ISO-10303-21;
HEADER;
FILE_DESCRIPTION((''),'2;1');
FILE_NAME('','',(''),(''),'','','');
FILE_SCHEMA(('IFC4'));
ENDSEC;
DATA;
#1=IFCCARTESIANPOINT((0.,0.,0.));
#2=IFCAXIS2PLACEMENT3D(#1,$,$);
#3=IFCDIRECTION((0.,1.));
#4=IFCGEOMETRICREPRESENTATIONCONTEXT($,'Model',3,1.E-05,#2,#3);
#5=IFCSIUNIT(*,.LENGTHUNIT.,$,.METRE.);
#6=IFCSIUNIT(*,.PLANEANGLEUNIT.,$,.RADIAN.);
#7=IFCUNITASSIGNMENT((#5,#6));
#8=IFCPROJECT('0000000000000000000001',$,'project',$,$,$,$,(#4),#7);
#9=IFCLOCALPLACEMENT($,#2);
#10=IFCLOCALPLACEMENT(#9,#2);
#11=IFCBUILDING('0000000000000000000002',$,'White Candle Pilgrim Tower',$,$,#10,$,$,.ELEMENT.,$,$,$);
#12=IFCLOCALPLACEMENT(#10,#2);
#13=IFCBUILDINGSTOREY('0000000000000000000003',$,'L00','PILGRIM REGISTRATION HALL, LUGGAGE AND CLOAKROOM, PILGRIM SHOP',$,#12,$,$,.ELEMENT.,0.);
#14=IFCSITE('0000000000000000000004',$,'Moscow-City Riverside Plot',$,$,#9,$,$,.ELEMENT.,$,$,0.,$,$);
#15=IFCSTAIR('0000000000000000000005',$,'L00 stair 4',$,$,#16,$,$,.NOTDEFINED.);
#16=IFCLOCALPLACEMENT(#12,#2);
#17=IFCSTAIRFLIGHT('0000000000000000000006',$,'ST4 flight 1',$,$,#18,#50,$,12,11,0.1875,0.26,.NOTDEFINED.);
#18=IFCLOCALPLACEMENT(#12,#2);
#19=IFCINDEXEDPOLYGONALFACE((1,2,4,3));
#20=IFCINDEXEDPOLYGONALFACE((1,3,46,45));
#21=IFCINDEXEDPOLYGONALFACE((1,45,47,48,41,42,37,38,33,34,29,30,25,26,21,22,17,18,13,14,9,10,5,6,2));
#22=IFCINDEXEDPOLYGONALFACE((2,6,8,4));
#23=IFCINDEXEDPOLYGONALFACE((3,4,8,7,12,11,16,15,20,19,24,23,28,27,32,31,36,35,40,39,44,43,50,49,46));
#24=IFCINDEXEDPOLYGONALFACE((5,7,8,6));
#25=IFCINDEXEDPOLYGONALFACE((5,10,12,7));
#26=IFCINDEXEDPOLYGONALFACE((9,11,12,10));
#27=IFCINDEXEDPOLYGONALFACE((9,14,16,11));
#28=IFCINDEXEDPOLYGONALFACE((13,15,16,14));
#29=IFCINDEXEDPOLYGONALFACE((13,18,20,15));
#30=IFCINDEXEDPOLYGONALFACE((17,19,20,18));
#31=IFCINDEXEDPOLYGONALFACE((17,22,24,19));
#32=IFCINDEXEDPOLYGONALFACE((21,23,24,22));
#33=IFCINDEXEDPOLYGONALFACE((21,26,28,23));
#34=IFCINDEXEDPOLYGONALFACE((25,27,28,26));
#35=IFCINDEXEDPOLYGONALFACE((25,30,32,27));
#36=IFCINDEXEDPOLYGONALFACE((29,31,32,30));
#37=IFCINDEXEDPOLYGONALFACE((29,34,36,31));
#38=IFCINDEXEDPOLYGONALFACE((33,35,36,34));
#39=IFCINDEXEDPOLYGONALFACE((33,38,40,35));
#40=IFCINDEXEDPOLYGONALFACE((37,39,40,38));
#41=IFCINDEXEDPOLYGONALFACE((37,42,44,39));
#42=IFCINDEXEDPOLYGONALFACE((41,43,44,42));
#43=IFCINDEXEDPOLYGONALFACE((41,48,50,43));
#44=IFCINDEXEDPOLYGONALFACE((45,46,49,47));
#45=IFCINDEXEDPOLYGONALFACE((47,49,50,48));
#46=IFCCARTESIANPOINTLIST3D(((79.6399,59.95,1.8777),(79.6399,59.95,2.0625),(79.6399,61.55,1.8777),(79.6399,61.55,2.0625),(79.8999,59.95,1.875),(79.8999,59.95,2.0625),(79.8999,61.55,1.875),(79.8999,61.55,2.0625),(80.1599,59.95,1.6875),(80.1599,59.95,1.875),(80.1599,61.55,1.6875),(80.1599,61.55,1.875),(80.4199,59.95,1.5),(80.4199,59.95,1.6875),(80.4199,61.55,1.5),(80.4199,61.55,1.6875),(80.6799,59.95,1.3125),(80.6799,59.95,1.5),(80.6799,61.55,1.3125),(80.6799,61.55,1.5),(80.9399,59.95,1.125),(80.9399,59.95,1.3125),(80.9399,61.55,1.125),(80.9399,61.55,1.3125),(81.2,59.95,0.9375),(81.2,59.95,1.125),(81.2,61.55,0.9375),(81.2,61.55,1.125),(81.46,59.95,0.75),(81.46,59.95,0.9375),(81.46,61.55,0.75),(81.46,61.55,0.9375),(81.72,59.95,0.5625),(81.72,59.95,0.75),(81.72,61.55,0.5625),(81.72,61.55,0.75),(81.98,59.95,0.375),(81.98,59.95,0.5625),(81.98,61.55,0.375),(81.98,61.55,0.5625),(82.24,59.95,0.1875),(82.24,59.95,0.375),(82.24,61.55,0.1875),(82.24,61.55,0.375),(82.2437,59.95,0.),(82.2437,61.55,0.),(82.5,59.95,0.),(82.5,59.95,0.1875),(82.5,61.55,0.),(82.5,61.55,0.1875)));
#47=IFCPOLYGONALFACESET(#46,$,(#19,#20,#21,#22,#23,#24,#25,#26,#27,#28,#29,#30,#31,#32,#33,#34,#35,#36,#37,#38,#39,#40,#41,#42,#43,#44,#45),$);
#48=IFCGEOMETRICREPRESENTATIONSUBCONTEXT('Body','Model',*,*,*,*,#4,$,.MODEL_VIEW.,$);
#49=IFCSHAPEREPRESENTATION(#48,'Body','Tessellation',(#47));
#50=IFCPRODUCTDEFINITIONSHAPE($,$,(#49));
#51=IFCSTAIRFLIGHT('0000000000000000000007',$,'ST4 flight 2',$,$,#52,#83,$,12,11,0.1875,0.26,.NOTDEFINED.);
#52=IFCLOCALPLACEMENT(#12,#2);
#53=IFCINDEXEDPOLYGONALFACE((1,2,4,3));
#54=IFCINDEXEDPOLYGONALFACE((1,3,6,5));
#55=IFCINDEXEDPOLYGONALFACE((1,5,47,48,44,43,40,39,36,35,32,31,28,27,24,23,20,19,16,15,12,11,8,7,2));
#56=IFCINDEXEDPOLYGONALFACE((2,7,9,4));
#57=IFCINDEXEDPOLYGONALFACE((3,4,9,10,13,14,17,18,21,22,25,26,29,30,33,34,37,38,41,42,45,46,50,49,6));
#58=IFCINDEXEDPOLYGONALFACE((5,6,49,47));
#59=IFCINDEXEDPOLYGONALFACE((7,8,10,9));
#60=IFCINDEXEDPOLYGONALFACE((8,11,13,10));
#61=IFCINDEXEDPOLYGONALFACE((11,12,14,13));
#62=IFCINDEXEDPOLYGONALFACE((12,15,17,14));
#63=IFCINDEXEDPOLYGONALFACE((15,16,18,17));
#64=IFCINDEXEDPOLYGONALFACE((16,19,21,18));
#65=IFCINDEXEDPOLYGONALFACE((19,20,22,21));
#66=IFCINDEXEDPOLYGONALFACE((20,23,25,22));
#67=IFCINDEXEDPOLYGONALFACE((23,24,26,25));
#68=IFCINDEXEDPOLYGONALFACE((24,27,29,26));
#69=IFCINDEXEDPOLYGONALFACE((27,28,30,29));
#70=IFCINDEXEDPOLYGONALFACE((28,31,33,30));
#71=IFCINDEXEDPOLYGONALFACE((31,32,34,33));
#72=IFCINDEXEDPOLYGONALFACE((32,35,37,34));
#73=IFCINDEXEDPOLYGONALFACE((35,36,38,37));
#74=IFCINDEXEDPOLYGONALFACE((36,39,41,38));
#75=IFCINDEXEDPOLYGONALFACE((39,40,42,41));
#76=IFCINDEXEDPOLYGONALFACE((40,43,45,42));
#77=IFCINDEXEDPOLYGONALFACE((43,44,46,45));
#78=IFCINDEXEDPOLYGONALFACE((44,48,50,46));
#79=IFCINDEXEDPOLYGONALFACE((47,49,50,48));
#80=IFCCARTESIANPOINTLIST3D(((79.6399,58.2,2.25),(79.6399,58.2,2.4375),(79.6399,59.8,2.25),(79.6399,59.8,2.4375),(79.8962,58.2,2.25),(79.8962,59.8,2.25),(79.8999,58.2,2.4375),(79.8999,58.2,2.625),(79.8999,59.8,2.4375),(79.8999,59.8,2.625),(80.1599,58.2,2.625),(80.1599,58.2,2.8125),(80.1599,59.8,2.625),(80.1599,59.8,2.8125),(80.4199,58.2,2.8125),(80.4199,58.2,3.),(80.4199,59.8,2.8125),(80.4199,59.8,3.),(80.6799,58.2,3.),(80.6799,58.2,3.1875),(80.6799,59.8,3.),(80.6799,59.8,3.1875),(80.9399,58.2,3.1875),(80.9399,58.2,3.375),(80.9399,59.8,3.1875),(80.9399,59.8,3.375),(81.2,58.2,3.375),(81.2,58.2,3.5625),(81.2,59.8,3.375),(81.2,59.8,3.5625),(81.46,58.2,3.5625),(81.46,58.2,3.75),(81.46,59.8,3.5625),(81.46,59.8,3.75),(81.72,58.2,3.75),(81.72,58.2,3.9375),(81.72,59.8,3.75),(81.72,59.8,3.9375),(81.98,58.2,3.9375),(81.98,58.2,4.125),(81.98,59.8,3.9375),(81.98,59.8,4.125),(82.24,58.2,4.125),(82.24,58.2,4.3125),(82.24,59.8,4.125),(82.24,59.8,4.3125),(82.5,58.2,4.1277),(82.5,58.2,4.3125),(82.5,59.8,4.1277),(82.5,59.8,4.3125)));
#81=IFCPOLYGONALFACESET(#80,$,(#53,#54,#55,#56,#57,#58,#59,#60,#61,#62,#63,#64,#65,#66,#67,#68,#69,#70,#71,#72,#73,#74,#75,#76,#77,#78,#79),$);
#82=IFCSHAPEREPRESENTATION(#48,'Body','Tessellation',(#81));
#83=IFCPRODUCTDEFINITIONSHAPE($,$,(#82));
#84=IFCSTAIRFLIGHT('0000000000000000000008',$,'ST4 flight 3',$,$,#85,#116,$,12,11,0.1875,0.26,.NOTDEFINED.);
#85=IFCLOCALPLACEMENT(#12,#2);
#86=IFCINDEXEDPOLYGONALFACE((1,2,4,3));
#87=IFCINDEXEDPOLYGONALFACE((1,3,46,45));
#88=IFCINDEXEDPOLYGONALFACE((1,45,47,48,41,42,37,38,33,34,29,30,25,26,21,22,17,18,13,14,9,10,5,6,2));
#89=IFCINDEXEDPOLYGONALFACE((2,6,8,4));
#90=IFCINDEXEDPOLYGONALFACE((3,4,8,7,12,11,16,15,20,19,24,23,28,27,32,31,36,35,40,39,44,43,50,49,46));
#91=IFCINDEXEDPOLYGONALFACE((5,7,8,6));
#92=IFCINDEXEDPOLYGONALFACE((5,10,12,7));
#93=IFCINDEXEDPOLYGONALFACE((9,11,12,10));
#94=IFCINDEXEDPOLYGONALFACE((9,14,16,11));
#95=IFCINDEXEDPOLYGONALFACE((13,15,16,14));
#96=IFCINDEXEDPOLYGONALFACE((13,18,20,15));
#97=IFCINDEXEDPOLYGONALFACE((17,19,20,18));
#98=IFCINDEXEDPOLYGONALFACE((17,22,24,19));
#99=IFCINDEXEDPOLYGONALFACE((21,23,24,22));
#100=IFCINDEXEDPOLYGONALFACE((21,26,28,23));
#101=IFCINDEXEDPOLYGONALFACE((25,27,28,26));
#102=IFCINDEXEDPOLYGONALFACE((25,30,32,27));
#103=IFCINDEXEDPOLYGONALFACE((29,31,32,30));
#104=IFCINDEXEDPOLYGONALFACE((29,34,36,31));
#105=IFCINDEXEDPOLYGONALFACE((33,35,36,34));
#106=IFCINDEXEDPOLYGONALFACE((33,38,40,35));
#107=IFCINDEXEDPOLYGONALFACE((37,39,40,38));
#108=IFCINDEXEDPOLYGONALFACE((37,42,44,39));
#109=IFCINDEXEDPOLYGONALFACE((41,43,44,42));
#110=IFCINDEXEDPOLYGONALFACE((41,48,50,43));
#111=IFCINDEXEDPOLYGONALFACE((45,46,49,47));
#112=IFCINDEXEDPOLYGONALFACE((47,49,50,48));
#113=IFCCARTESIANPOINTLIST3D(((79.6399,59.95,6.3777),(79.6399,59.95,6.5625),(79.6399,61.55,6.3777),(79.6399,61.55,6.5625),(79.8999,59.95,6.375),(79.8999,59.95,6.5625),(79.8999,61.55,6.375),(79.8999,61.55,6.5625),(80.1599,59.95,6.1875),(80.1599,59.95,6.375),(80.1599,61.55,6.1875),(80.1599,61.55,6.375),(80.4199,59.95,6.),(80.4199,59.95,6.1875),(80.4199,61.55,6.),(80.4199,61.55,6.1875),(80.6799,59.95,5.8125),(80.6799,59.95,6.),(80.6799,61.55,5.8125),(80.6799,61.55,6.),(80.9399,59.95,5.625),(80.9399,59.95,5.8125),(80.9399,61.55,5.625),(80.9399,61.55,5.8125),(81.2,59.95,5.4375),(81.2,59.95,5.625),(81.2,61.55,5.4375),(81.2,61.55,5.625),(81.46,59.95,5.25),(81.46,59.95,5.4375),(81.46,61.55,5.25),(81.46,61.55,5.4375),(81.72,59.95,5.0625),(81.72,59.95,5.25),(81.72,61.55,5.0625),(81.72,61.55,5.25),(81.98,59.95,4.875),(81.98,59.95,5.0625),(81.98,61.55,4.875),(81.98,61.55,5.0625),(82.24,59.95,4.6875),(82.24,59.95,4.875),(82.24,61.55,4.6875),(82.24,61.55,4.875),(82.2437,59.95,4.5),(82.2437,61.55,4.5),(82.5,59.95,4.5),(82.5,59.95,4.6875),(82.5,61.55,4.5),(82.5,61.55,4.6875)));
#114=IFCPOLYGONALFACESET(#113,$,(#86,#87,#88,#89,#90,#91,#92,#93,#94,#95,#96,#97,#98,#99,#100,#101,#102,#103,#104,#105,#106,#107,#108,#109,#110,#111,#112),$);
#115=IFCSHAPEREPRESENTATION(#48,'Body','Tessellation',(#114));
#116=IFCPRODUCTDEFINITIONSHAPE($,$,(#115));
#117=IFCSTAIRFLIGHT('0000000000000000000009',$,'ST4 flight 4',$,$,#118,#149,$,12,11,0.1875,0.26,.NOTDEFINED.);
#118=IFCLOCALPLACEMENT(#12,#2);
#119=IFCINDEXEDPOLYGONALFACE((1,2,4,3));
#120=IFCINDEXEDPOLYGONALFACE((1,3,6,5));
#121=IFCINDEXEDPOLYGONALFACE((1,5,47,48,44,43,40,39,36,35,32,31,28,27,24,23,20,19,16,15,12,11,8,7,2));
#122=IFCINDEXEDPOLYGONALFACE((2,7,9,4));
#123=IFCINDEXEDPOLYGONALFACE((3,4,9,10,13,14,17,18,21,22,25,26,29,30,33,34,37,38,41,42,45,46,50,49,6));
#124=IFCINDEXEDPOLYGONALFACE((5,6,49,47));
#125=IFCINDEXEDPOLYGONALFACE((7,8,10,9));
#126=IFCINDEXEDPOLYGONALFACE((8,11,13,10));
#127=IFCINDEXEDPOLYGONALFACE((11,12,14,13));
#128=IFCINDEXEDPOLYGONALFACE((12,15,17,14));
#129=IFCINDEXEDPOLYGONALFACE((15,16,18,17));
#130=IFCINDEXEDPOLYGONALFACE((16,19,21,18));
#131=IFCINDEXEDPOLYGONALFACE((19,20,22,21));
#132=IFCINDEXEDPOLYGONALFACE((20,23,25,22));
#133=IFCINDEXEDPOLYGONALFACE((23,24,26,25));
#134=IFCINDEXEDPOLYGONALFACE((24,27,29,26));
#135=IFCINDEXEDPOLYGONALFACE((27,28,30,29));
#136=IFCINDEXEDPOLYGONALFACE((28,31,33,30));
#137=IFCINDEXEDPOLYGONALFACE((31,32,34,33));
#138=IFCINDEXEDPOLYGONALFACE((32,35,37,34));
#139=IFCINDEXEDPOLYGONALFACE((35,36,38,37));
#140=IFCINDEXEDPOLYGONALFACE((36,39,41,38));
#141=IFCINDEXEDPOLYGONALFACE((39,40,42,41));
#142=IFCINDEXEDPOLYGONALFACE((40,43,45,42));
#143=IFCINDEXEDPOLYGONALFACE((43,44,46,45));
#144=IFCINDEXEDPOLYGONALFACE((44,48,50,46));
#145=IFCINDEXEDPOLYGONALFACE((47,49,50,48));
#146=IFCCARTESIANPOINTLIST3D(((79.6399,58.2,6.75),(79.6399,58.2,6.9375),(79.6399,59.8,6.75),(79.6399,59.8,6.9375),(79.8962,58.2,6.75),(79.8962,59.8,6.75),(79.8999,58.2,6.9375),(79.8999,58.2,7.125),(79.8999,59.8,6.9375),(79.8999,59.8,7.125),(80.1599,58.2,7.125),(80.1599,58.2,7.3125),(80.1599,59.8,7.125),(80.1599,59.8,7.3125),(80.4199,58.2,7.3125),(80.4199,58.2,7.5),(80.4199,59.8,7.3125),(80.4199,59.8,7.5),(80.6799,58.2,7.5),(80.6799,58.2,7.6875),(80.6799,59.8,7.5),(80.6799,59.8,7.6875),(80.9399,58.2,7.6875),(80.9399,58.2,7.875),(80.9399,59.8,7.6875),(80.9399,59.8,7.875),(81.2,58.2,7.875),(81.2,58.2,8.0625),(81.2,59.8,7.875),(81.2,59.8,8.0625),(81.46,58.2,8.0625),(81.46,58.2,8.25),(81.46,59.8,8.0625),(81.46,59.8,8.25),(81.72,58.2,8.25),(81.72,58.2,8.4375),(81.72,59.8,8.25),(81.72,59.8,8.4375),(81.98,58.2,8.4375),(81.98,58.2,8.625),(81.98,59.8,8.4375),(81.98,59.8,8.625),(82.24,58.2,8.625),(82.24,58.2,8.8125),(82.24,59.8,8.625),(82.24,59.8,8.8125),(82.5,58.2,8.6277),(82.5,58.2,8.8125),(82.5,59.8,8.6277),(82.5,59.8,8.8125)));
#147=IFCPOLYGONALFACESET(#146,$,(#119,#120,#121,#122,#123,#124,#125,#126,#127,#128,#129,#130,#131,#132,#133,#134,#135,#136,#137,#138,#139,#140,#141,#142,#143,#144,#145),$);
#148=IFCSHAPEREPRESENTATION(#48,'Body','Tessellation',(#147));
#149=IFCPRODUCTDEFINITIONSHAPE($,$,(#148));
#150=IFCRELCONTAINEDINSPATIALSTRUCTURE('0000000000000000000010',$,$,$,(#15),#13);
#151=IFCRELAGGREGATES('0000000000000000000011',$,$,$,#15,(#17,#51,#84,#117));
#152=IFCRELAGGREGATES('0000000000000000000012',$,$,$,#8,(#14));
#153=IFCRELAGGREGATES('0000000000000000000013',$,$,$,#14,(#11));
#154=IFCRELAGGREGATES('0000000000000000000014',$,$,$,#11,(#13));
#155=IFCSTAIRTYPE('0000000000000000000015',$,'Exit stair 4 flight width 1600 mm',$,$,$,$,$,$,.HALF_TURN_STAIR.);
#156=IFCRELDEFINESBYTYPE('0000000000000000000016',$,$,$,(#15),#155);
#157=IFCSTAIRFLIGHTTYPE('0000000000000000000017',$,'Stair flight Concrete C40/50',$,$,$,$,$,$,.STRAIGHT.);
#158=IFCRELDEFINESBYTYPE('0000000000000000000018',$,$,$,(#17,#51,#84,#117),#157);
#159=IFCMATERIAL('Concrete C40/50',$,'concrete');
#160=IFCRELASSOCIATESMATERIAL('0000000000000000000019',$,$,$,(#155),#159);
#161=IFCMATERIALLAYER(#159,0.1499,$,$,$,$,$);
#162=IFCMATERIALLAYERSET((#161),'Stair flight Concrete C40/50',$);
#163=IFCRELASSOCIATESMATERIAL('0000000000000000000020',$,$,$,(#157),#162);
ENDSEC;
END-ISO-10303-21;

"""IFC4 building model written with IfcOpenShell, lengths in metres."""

from ifc_helpers import new_model, si_unit, direction, frame, origin, place, context, subcontext, project, spatial, polyline, outline, extrude, material, layer, layer_set, type_object, element, aggregate, save


model = new_model("IFC4")

# Units and contexts
model_context = context("Model", 3, precision=1e-05, world=origin(), true_north=direction((0.0, 1.0)))
body_context = subcontext(model_context, "Body", "Model", "MODEL_VIEW")
ifc_project = project(units=[si_unit("LENGTHUNIT", "METRE"), si_unit("PLANEANGLEUNIT", "RADIAN")], contexts=[model_context])

# Site, building, storey
site_placement = place(None, origin())
site = spatial("IfcSite", under=ifc_project, at=site_placement, Name="Moscow-City Riverside Plot", CompositionType="ELEMENT", RefElevation=0.0)
building_placement = place(site_placement, origin())
building = spatial("IfcBuilding", under=site, at=building_placement, Name="White Candle Pilgrim Tower", CompositionType="ELEMENT")
storey_placement = place(building_placement, origin())
storey = spatial("IfcBuildingStorey", under=building, at=storey_placement, Name="L00", Description="PILGRIM REGISTRATION HALL, LUGGAGE AND CLOAKROOM, PILGRIM SHOP", CompositionType="ELEMENT", Elevation=0.0)

# Stair, stair flights
ifc_material_1 = material(Name="Concrete C40/50", Category="concrete")
stair_type = type_object("IfcStairType", Name="Exit stair 4 flight width 1600 mm", PredefinedType="HALF_TURN_STAIR", material=ifc_material_1)
stair_placement = place(storey_placement, origin())
stair = element("IfcStair", 1, at=stair_placement, inside=storey, type_object=stair_type, Name="L00 stair 4", PredefinedType="NOTDEFINED")
ifc_layer_1 = layer(ifc_material_1, 0.1499)
ifc_layer_set_1 = layer_set([ifc_layer_1], Name="Stair flight Concrete C40/50")
stair_flight_type = type_object("IfcStairFlightType", Name="Stair flight Concrete C40/50", PredefinedType="STRAIGHT", material=ifc_layer_set_1)
stair_flight_1_placement = place(storey_placement, frame((82.5, 60.75, 0.0), z_axis=(0.0, 0.0, 1.0), x_axis=(-1.0, 0.0, 0.0)))
stair_flight_1 = element("IfcStairFlight", 2, at=stair_flight_1_placement, type_object=stair_flight_type, Name="ST4 flight 1", NumberOfRisers=12, NumberOfTreads=11, PredefinedType="NOTDEFINED", RiserHeight=0.1875, TreadLength=0.26, context=body_context, shape_type="SweptSolid", body=[
    extrude(outline(polyline([(0.0, 0.0), (0.0, 0.1875), (0.26, 0.1875), (0.26, 0.375), (0.52, 0.375), (0.52, 0.5625), (0.78, 0.5625), (0.78, 0.75), (1.04, 0.75), (1.04, 0.9375), (1.3, 0.9375), (1.3, 1.125), (1.5601, 1.125), (1.5601, 1.3125), (1.8201, 1.3125), (1.8201, 1.5), (2.0801, 1.5), (2.0801, 1.6875), (2.3401, 1.6875), (2.3401, 1.875), (2.6001, 1.875), (2.6001, 2.0625), (2.8601, 2.0625), (2.8601, 2.25), (2.8601, 1.8777), (0.2563, 0.0), (0.0, 0.0)])), frame((0.0, 0.8, 0.0), z_axis=(0.0, -1.0, 0.0), x_axis=(1.0, 0.0, 0.0)), (0.0, 0.0, 1.0), 1.6001),
])
stair_flight_2_placement = place(storey_placement, frame((79.6399, 59.0, 2.25), z_axis=(0.0, 0.0, 1.0), x_axis=(1.0, 0.0, 0.0)))
stair_flight_2 = element("IfcStairFlight", 3, at=stair_flight_2_placement, type_object=stair_flight_type, Name="ST4 flight 2", NumberOfRisers=12, NumberOfTreads=11, PredefinedType="NOTDEFINED", RiserHeight=0.1875, TreadLength=0.26, context=body_context, shape_type="SweptSolid", body=[
    extrude(outline(polyline([(0.0, 0.0), (0.0, 0.1875), (0.26, 0.1875), (0.26, 0.375), (0.52, 0.375), (0.52, 0.5625), (0.78, 0.5625), (0.78, 0.75), (1.04, 0.75), (1.04, 0.9375), (1.3, 0.9375), (1.3, 1.125), (1.5601, 1.125), (1.5601, 1.3125), (1.8201, 1.3125), (1.8201, 1.5), (2.0801, 1.5), (2.0801, 1.6875), (2.3401, 1.6875), (2.3401, 1.875), (2.6001, 1.875), (2.6001, 2.0625), (2.8601, 2.0625), (2.8601, 2.25), (2.8601, 1.8777), (0.2563, 0.0), (0.0, 0.0)])), frame((0.0, 0.8, 0.0), z_axis=(0.0, -1.0, 0.0), x_axis=(1.0, 0.0, 0.0)), (0.0, 0.0, 1.0), 1.6001),
])
stair_flight_3_placement = place(storey_placement, frame((82.5, 60.75, 4.5), z_axis=(0.0, 0.0, 1.0), x_axis=(-1.0, 0.0, 0.0)))
stair_flight_3 = element("IfcStairFlight", 4, at=stair_flight_3_placement, type_object=stair_flight_type, Name="ST4 flight 3", NumberOfRisers=12, NumberOfTreads=11, PredefinedType="NOTDEFINED", RiserHeight=0.1875, TreadLength=0.26, context=body_context, shape_type="SweptSolid", body=[
    extrude(outline(polyline([(0.0, 0.0), (0.0, 0.1875), (0.26, 0.1875), (0.26, 0.375), (0.52, 0.375), (0.52, 0.5625), (0.78, 0.5625), (0.78, 0.75), (1.04, 0.75), (1.04, 0.9375), (1.3, 0.9375), (1.3, 1.125), (1.5601, 1.125), (1.5601, 1.3125), (1.8201, 1.3125), (1.8201, 1.5), (2.0801, 1.5), (2.0801, 1.6875), (2.3401, 1.6875), (2.3401, 1.875), (2.6001, 1.875), (2.6001, 2.0625), (2.8601, 2.0625), (2.8601, 2.25), (2.8601, 1.8777), (0.2563, 0.0), (0.0, 0.0)])), frame((0.0, 0.8, 0.0), z_axis=(0.0, -1.0, 0.0), x_axis=(1.0, 0.0, 0.0)), (0.0, 0.0, 1.0), 1.6001),
])
stair_flight_4_placement = place(storey_placement, frame((79.6399, 59.0, 6.75), z_axis=(0.0, 0.0, 1.0), x_axis=(1.0, 0.0, 0.0)))
stair_flight_4 = element("IfcStairFlight", 5, at=stair_flight_4_placement, type_object=stair_flight_type, Name="ST4 flight 4", NumberOfRisers=12, NumberOfTreads=11, PredefinedType="NOTDEFINED", RiserHeight=0.1875, TreadLength=0.26, context=body_context, shape_type="SweptSolid", body=[
    extrude(outline(polyline([(0.0, 0.0), (0.0, 0.1875), (0.26, 0.1875), (0.26, 0.375), (0.52, 0.375), (0.52, 0.5625), (0.78, 0.5625), (0.78, 0.75), (1.04, 0.75), (1.04, 0.9375), (1.3, 0.9375), (1.3, 1.125), (1.5601, 1.125), (1.5601, 1.3125), (1.8201, 1.3125), (1.8201, 1.5), (2.0801, 1.5), (2.0801, 1.6875), (2.3401, 1.6875), (2.3401, 1.875), (2.6001, 1.875), (2.6001, 2.0625), (2.8601, 2.0625), (2.8601, 2.25), (2.8601, 1.8777), (0.2563, 0.0), (0.0, 0.0)])), frame((0.0, 0.8, 0.0), z_axis=(0.0, -1.0, 0.0), x_axis=(1.0, 0.0, 0.0)), (0.0, 0.0, 1.0), 1.6001),
])
aggregate(stair, [stair_flight_1, stair_flight_2, stair_flight_3, stair_flight_4])

save(model, "model.ifc")
